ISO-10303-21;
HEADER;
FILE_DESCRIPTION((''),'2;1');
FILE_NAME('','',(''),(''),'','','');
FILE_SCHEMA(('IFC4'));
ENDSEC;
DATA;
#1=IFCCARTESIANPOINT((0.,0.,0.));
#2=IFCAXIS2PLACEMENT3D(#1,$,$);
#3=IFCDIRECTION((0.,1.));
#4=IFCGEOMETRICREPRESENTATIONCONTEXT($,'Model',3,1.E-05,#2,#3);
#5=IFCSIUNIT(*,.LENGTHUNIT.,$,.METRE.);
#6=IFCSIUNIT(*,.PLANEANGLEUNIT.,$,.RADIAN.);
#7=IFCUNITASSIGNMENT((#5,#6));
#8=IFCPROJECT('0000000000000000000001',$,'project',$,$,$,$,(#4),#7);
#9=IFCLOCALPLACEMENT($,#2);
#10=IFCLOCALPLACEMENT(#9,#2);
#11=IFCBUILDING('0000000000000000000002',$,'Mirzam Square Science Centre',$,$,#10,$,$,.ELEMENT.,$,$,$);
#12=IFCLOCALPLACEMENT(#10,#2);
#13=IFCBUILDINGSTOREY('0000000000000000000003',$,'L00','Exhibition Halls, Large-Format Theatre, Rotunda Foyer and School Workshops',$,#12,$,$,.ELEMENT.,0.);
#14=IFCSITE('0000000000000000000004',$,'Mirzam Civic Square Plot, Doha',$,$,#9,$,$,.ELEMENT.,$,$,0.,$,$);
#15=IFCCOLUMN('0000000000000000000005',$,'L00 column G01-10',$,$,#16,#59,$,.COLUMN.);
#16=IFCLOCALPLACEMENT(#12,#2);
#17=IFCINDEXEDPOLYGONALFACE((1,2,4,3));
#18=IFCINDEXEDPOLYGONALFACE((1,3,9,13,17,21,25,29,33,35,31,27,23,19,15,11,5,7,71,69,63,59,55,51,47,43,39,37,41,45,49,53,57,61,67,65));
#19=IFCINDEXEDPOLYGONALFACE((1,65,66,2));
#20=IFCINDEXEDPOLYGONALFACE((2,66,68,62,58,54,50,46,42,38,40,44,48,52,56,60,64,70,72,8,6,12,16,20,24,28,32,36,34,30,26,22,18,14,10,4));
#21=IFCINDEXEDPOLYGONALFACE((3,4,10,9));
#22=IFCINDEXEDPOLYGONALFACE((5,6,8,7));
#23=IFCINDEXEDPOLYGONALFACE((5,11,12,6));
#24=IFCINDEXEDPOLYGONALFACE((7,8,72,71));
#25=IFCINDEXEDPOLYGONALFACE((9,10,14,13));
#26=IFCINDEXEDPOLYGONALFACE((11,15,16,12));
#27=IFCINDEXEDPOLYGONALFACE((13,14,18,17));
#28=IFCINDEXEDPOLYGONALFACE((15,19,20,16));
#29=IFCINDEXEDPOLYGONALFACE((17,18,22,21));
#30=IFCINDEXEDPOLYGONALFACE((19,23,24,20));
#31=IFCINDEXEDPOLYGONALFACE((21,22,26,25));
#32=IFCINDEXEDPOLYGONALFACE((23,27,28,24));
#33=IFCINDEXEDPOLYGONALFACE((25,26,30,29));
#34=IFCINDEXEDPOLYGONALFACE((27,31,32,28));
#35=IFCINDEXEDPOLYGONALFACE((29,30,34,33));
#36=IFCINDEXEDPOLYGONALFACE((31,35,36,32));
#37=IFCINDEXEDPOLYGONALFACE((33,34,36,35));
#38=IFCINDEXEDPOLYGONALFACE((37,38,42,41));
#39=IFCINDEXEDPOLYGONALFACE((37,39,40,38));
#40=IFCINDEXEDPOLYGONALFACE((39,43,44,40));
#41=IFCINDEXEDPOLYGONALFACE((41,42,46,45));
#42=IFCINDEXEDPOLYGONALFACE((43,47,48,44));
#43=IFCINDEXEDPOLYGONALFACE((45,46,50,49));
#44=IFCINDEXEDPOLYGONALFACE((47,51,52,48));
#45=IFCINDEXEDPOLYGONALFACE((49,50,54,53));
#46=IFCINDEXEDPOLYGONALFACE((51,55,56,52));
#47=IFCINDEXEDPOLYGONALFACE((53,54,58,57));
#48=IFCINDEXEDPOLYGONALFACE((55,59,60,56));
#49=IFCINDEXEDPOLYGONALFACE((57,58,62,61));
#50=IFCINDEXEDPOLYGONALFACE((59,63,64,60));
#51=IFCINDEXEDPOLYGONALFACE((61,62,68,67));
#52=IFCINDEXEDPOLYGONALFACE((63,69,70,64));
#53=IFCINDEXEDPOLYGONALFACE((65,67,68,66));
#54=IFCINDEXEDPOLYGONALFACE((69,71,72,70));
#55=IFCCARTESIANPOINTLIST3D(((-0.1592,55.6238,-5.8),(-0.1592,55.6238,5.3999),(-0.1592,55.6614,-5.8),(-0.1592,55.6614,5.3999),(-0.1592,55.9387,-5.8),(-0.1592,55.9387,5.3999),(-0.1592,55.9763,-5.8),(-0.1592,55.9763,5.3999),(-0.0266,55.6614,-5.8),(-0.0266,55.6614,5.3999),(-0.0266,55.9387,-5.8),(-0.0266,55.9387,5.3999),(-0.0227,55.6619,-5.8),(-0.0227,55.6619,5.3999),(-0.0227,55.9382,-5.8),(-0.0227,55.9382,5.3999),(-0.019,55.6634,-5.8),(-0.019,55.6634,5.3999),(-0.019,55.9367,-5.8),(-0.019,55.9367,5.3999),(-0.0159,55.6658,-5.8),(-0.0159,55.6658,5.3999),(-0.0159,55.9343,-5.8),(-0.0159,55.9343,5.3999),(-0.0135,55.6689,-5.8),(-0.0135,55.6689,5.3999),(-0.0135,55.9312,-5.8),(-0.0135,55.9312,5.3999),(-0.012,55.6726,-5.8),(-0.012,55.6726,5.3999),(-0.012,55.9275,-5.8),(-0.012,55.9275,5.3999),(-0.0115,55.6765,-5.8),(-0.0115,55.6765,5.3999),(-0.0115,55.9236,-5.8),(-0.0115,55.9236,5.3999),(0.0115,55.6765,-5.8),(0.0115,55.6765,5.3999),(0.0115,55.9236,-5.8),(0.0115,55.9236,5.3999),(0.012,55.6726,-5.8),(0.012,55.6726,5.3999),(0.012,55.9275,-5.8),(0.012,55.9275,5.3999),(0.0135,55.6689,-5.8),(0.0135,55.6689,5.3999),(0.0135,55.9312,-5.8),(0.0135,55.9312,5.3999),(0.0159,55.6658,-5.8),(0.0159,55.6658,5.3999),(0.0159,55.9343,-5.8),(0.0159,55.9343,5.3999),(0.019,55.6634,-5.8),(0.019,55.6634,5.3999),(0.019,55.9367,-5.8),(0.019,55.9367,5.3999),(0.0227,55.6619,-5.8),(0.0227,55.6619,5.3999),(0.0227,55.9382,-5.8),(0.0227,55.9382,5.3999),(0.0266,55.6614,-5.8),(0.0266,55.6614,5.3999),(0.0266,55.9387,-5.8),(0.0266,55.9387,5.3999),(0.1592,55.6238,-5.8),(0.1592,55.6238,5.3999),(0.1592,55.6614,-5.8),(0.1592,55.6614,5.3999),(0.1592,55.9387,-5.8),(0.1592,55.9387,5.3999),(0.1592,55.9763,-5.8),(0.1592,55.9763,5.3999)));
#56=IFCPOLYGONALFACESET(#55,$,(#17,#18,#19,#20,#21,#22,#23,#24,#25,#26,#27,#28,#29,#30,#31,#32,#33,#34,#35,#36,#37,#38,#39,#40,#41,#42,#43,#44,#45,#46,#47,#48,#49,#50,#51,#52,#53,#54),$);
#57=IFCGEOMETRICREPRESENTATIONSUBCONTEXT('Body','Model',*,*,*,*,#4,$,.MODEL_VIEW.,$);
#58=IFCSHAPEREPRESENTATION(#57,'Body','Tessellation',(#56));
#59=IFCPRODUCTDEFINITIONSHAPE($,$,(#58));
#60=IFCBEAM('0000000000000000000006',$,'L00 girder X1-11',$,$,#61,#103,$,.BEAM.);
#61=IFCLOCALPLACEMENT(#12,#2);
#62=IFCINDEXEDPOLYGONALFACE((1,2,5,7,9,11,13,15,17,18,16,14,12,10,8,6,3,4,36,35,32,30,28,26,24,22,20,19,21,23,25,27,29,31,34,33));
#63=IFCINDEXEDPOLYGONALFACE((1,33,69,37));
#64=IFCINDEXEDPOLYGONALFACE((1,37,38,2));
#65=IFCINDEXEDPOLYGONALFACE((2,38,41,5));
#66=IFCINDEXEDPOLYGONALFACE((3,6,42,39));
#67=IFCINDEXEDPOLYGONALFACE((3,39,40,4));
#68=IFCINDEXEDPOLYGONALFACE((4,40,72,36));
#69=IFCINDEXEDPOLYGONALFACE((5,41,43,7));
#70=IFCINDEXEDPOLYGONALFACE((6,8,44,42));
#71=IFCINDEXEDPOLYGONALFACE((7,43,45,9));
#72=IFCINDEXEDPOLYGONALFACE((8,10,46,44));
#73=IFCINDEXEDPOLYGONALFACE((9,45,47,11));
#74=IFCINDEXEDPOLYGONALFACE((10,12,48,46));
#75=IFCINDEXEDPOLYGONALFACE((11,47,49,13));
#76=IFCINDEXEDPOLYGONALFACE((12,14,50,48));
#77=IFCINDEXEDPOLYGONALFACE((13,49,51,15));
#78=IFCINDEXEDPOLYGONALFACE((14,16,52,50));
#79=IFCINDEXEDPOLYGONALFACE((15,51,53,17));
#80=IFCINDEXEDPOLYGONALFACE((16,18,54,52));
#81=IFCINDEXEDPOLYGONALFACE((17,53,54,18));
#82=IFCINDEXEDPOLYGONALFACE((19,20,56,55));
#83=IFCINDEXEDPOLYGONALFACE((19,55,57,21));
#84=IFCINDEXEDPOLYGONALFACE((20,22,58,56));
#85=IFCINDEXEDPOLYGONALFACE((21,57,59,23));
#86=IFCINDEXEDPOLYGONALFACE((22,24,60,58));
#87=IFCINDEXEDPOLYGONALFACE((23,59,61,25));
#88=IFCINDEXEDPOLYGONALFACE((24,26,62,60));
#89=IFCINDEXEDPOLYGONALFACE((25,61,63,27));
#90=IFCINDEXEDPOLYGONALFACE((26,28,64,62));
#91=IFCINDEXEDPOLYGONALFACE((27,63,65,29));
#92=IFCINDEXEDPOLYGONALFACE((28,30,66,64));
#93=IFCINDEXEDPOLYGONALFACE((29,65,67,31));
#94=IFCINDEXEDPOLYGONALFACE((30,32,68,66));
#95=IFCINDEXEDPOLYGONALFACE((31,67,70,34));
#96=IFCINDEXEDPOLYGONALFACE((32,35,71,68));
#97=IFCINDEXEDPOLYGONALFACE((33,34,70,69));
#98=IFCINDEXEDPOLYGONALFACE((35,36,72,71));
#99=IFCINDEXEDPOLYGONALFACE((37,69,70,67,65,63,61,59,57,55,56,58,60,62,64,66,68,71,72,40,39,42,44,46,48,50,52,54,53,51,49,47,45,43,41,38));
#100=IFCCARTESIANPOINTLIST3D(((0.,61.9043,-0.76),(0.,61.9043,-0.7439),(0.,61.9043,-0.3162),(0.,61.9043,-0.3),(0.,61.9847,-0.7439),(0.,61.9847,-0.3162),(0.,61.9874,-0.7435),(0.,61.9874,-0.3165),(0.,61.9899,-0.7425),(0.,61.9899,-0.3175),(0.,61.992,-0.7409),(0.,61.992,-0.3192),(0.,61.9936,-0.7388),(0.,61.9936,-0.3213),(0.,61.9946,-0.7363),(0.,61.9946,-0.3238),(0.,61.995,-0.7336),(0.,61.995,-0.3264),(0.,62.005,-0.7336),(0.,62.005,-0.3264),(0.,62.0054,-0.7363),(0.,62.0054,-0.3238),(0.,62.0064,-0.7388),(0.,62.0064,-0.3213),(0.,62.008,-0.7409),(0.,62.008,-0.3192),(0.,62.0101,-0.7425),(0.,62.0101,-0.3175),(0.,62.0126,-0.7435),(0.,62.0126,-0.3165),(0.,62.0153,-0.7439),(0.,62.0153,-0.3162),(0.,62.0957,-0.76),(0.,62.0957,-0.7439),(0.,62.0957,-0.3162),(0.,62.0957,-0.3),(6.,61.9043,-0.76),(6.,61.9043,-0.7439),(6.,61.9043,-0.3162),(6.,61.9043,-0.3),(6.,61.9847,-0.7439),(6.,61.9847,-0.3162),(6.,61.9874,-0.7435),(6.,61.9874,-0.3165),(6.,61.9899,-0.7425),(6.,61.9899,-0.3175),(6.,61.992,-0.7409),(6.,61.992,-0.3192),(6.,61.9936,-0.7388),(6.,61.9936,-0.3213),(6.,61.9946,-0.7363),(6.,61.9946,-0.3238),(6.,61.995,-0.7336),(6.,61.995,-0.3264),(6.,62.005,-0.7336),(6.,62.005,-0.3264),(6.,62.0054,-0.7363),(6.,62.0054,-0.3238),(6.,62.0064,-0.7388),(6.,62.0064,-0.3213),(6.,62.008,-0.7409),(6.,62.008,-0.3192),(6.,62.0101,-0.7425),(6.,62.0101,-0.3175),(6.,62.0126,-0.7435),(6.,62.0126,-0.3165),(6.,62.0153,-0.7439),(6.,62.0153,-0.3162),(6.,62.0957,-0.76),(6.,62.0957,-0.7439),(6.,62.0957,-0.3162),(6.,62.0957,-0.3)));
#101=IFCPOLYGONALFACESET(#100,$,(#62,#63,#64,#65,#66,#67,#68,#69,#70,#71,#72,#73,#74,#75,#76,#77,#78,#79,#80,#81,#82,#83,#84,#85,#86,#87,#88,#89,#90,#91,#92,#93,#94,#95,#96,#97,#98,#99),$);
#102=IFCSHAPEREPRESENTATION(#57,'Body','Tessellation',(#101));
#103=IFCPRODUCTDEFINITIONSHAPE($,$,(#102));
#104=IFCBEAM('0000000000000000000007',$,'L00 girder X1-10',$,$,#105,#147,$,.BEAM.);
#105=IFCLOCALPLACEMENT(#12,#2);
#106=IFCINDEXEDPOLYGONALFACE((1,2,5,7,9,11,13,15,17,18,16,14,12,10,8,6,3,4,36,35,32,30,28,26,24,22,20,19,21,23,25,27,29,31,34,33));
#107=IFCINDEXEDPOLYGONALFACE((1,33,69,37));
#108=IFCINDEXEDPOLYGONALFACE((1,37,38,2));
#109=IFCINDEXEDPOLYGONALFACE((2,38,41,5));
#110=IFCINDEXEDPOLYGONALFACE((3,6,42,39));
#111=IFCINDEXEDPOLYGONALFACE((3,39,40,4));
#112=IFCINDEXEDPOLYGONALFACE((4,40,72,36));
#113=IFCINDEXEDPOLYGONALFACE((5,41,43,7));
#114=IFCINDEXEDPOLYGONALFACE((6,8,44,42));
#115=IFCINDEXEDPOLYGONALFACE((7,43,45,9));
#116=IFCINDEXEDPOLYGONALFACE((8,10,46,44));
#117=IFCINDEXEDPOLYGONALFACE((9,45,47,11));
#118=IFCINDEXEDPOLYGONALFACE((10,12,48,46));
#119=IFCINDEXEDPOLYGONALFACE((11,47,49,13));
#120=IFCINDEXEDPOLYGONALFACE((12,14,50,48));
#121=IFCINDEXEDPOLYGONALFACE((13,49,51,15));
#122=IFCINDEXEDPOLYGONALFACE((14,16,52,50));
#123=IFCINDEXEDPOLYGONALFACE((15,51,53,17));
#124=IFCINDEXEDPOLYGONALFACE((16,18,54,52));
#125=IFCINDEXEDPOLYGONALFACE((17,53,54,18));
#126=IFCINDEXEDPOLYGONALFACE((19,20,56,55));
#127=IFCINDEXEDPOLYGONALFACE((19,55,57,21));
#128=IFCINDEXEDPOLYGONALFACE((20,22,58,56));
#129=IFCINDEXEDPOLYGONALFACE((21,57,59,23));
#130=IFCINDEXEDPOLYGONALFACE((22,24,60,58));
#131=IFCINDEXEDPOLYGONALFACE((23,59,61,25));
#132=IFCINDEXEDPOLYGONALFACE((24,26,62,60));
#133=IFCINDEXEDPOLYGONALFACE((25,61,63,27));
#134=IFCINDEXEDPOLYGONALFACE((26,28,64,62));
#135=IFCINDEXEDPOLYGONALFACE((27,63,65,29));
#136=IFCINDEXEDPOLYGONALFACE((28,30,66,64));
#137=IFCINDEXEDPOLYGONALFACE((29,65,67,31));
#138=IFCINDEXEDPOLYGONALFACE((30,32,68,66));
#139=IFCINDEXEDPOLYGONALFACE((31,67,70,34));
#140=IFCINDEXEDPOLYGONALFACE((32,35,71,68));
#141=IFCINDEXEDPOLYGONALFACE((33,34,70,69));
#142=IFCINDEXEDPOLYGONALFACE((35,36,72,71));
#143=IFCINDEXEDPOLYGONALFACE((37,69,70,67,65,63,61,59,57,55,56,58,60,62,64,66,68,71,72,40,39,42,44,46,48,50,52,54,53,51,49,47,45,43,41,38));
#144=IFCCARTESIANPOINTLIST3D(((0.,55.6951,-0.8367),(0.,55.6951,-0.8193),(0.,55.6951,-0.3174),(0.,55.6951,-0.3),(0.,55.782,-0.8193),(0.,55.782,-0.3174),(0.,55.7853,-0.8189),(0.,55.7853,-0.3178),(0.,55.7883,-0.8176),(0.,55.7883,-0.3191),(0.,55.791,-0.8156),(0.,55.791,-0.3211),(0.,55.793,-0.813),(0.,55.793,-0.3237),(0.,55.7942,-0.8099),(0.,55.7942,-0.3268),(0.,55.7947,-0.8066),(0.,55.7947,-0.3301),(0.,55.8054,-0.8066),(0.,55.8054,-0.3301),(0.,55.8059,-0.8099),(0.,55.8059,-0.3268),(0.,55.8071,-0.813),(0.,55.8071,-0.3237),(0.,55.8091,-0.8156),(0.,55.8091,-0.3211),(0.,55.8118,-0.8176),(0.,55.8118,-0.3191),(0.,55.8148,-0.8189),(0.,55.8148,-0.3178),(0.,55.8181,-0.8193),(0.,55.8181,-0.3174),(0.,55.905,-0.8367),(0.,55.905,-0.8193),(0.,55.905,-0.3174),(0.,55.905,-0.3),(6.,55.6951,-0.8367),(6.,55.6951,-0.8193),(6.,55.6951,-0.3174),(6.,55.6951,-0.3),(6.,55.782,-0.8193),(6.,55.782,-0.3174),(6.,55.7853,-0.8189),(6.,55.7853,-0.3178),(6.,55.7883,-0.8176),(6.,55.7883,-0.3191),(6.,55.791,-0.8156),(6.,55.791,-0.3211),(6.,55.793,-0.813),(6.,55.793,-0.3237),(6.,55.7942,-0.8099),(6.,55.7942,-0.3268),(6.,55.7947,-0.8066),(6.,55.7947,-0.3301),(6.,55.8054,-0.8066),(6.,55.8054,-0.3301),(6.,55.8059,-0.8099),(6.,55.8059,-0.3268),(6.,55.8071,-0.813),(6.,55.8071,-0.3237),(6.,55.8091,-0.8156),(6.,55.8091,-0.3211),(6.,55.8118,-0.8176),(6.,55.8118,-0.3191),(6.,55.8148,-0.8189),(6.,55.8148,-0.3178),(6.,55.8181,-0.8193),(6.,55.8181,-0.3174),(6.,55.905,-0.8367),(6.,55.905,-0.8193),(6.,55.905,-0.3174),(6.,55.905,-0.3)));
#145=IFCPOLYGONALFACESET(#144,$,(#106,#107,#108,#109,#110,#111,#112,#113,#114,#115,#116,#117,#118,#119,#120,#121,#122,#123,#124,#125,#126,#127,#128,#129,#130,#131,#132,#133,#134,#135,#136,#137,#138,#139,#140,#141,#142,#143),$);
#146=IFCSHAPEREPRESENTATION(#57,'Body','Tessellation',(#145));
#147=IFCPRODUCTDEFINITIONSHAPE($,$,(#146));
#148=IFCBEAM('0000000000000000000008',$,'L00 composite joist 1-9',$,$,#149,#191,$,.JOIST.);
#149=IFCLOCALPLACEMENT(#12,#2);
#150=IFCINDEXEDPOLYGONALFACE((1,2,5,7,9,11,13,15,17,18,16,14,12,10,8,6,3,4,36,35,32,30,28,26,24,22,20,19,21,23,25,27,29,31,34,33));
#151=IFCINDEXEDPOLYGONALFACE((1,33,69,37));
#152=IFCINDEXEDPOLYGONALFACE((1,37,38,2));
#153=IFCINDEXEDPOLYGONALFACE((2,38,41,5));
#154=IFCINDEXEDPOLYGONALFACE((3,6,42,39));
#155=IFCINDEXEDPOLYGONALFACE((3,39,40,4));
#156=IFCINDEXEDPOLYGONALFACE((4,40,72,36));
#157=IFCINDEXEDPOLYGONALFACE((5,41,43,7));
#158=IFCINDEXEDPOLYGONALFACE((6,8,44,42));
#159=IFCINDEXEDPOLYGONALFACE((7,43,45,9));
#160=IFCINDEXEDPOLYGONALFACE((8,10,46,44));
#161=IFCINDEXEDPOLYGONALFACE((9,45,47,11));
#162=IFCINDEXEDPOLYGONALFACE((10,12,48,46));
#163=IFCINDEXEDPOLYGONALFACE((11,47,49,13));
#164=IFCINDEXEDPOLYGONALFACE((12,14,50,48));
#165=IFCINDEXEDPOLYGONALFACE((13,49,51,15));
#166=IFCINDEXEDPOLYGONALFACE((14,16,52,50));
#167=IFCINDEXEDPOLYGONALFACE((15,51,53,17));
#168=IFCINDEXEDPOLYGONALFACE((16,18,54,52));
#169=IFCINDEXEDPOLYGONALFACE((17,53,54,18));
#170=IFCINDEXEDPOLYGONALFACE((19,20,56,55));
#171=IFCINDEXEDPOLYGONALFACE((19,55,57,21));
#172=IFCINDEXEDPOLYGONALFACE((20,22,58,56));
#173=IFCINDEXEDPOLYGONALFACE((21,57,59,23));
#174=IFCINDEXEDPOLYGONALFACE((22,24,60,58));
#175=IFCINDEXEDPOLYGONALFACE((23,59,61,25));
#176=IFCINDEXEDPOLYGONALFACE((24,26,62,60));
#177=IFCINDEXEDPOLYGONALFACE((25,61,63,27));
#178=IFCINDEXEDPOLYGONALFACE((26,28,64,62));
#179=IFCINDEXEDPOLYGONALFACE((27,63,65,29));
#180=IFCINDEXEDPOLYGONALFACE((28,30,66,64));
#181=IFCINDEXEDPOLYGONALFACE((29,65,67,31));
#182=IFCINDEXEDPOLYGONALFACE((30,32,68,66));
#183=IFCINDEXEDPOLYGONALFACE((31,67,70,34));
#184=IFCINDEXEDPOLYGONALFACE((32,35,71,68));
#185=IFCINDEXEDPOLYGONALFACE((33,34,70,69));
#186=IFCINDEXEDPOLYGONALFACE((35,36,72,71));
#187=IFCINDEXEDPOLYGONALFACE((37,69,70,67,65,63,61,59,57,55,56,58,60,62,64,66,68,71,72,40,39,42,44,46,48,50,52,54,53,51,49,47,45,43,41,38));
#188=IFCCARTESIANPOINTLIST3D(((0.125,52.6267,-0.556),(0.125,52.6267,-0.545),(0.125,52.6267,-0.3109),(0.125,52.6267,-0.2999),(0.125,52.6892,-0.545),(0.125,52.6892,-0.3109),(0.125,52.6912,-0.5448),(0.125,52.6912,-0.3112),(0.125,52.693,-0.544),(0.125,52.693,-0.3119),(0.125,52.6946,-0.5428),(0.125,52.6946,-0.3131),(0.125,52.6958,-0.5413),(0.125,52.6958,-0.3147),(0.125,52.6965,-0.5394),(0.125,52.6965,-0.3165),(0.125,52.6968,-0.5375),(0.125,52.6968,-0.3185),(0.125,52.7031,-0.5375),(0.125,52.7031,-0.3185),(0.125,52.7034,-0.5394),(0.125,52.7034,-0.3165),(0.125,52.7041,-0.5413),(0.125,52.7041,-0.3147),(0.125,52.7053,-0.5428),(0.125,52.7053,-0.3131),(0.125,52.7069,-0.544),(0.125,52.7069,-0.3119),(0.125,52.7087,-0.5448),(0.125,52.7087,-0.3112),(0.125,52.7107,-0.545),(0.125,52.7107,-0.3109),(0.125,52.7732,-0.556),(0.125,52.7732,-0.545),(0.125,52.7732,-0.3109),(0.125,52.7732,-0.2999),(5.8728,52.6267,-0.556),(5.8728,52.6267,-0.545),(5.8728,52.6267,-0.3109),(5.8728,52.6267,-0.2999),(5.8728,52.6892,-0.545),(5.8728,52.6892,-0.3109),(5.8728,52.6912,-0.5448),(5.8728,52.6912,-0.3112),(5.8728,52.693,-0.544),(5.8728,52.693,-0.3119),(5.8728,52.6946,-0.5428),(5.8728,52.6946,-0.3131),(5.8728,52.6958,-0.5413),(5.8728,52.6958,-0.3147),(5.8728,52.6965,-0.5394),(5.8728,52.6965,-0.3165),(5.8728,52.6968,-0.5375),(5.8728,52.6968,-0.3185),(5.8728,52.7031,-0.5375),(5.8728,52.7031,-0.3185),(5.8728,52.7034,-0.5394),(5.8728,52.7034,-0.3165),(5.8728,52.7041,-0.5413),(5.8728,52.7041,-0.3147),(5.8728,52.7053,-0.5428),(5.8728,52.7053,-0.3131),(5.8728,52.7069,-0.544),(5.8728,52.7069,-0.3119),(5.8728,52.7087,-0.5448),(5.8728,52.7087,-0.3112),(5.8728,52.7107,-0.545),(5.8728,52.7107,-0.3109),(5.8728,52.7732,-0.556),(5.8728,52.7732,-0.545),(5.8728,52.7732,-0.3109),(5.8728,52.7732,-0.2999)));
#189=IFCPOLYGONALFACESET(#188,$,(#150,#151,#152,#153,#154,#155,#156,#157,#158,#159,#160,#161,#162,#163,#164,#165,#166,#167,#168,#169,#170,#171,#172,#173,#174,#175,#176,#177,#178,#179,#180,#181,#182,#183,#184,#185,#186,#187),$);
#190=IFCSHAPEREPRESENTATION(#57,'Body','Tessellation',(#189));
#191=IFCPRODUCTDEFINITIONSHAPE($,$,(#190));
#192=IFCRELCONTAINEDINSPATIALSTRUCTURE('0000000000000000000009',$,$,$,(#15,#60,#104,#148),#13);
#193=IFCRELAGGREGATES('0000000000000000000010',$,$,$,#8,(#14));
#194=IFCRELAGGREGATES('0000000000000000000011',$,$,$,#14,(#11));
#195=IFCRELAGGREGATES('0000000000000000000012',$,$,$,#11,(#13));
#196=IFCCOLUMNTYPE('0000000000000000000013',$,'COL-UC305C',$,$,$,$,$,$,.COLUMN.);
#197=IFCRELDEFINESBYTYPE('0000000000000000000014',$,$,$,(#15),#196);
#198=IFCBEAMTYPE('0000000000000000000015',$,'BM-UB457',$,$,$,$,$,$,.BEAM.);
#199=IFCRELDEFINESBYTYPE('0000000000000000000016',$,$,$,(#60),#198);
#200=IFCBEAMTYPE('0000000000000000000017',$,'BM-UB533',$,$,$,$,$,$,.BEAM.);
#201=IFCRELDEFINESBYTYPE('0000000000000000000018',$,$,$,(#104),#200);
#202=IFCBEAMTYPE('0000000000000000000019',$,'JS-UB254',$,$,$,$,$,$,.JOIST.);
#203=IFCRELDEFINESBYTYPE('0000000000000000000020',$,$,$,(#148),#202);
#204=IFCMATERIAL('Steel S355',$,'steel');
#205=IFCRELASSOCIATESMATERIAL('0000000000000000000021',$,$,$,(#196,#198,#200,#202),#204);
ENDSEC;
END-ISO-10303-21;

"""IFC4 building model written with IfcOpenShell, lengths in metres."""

from ifc_helpers import new_model, si_unit, direction, frame, origin, origin_2d, place, context, subcontext, project, spatial, i_section, extrude, material, material_profile, profile_set, type_object, element, save


model = new_model("IFC4")

# Units and contexts
model_context = context("Model", 3, precision=1e-05, world=origin(), true_north=direction((0.0, 1.0)))
body_context = subcontext(model_context, "Body", "Model", "MODEL_VIEW")
ifc_project = project(units=[si_unit("LENGTHUNIT", "METRE"), si_unit("PLANEANGLEUNIT", "RADIAN")], contexts=[model_context])

# Site, building, storey
site_placement = place(None, origin())
site = spatial("IfcSite", under=ifc_project, at=site_placement, Name="Mirzam Civic Square Plot, Doha", CompositionType="ELEMENT", RefElevation=0.0)
building_placement = place(site_placement, origin())
building = spatial("IfcBuilding", under=site, at=building_placement, Name="Mirzam Square Science Centre", CompositionType="ELEMENT")
storey_placement = place(building_placement, origin())
storey = spatial("IfcBuildingStorey", under=building, at=storey_placement, Name="L00", Description="Exhibition Halls, Large-Format Theatre, Rotunda Foyer and School Workshops", CompositionType="ELEMENT", Elevation=0.0)

# Column
ifc_material_1 = material(Name="Steel S355", Category="steel")
ifc_material_profile_1 = material_profile(ifc_material_1, i_section(OverallWidth=0.3184, OverallDepth=0.3525, WebThickness=0.0229, FlangeThickness=0.0376, FilletRadius=0.0151, at=origin_2d()), Name="305x305x240UC")
ifc_profile_set_1 = profile_set([ifc_material_profile_1], Name="Steel S355")
column_type_1 = type_object("IfcColumnType", Name="COL-UC305C", PredefinedType="COLUMN", material=ifc_profile_set_1)
column_placement = place(storey_placement, frame((0.0, 55.8, -5.8), z_axis=(0.0, 0.0, 1.0), x_axis=(1.0, 0.0, 0.0)))
element("IfcColumn", 1, at=column_placement, inside=storey, type_object=column_type_1, Name="L00 column G01-10", PredefinedType="COLUMN", context=body_context, shape_type="SweptSolid", body=[
    extrude(i_section(OverallWidth=0.3184, OverallDepth=0.3525, WebThickness=0.0229, FlangeThickness=0.0376, FilletRadius=0.0151, at=origin_2d()), origin(), (0.0, 0.0, 1.0), 11.2),
])

# Beams
ifc_material_profile_2 = material_profile(ifc_material_1, i_section(OverallWidth=0.1914, OverallDepth=0.46, WebThickness=0.01, FlangeThickness=0.0161, FilletRadius=0.0103, at=origin_2d()), Name="457x191x82UB")
ifc_profile_set_2 = profile_set([ifc_material_profile_2], Name="Steel S355")
beam_type_1 = type_object("IfcBeamType", Name="BM-UB457", PredefinedType="BEAM", material=ifc_profile_set_2)
beam_1_placement = place(storey_placement, frame((0.0, 62.0, -0.53), z_axis=(1.0, 0.0, 0.0), x_axis=(0.0, 1.0, 0.0)))
element("IfcBeam", 2, at=beam_1_placement, inside=storey, type_object=beam_type_1, Name="L00 girder X1-11", PredefinedType="BEAM", context=body_context, shape_type="SweptSolid", body=[
    extrude(i_section(OverallWidth=0.1914, OverallDepth=0.46, WebThickness=0.01, FlangeThickness=0.0161, FilletRadius=0.0103, at=origin_2d()), origin(), (0.0, 0.0, 1.0), 6.0),
])
ifc_material_profile_3 = material_profile(ifc_material_1, i_section(OverallWidth=0.21, OverallDepth=0.5366, WebThickness=0.0107, FlangeThickness=0.0173, FilletRadius=0.0127, at=origin_2d()), Name="533x210x101UB")
ifc_profile_set_3 = profile_set([ifc_material_profile_3], Name="Steel S355")
beam_type_2 = type_object("IfcBeamType", Name="BM-UB533", PredefinedType="BEAM", material=ifc_profile_set_3)
beam_2_placement = place(storey_placement, frame((0.0, 55.8, -0.5684), z_axis=(1.0, 0.0, 0.0), x_axis=(0.0, 1.0, 0.0)))
element("IfcBeam", 3, at=beam_2_placement, inside=storey, type_object=beam_type_2, Name="L00 girder X1-10", PredefinedType="BEAM", context=body_context, shape_type="SweptSolid", body=[
    extrude(i_section(OverallWidth=0.21, OverallDepth=0.5366, WebThickness=0.0107, FlangeThickness=0.0173, FilletRadius=0.0127, at=origin_2d()), origin(), (0.0, 0.0, 1.0), 6.0),
])
ifc_material_profile_4 = material_profile(ifc_material_1, i_section(OverallWidth=0.1465, OverallDepth=0.2561, WebThickness=0.0063, FlangeThickness=0.011, FilletRadius=0.0076, at=origin_2d()), Name="254x146x37UB")
ifc_profile_set_4 = profile_set([ifc_material_profile_4], Name="Steel S355")
beam_type_3 = type_object("IfcBeamType", Name="JS-UB254", PredefinedType="JOIST", material=ifc_profile_set_4)
beam_3_placement = place(storey_placement, frame((0.125, 52.7, -0.428), z_axis=(1.0, 0.0, 0.0), x_axis=(0.0, 1.0, 0.0)))
element("IfcBeam", 4, at=beam_3_placement, inside=storey, type_object=beam_type_3, Name="L00 composite joist 1-9", PredefinedType="JOIST", context=body_context, shape_type="SweptSolid", body=[
    extrude(i_section(OverallWidth=0.1465, OverallDepth=0.2561, WebThickness=0.0063, FlangeThickness=0.011, FilletRadius=0.0076, at=origin_2d()), origin(), (0.0, 0.0, 1.0), 5.7478),
])

save(model, "model.ifc")
